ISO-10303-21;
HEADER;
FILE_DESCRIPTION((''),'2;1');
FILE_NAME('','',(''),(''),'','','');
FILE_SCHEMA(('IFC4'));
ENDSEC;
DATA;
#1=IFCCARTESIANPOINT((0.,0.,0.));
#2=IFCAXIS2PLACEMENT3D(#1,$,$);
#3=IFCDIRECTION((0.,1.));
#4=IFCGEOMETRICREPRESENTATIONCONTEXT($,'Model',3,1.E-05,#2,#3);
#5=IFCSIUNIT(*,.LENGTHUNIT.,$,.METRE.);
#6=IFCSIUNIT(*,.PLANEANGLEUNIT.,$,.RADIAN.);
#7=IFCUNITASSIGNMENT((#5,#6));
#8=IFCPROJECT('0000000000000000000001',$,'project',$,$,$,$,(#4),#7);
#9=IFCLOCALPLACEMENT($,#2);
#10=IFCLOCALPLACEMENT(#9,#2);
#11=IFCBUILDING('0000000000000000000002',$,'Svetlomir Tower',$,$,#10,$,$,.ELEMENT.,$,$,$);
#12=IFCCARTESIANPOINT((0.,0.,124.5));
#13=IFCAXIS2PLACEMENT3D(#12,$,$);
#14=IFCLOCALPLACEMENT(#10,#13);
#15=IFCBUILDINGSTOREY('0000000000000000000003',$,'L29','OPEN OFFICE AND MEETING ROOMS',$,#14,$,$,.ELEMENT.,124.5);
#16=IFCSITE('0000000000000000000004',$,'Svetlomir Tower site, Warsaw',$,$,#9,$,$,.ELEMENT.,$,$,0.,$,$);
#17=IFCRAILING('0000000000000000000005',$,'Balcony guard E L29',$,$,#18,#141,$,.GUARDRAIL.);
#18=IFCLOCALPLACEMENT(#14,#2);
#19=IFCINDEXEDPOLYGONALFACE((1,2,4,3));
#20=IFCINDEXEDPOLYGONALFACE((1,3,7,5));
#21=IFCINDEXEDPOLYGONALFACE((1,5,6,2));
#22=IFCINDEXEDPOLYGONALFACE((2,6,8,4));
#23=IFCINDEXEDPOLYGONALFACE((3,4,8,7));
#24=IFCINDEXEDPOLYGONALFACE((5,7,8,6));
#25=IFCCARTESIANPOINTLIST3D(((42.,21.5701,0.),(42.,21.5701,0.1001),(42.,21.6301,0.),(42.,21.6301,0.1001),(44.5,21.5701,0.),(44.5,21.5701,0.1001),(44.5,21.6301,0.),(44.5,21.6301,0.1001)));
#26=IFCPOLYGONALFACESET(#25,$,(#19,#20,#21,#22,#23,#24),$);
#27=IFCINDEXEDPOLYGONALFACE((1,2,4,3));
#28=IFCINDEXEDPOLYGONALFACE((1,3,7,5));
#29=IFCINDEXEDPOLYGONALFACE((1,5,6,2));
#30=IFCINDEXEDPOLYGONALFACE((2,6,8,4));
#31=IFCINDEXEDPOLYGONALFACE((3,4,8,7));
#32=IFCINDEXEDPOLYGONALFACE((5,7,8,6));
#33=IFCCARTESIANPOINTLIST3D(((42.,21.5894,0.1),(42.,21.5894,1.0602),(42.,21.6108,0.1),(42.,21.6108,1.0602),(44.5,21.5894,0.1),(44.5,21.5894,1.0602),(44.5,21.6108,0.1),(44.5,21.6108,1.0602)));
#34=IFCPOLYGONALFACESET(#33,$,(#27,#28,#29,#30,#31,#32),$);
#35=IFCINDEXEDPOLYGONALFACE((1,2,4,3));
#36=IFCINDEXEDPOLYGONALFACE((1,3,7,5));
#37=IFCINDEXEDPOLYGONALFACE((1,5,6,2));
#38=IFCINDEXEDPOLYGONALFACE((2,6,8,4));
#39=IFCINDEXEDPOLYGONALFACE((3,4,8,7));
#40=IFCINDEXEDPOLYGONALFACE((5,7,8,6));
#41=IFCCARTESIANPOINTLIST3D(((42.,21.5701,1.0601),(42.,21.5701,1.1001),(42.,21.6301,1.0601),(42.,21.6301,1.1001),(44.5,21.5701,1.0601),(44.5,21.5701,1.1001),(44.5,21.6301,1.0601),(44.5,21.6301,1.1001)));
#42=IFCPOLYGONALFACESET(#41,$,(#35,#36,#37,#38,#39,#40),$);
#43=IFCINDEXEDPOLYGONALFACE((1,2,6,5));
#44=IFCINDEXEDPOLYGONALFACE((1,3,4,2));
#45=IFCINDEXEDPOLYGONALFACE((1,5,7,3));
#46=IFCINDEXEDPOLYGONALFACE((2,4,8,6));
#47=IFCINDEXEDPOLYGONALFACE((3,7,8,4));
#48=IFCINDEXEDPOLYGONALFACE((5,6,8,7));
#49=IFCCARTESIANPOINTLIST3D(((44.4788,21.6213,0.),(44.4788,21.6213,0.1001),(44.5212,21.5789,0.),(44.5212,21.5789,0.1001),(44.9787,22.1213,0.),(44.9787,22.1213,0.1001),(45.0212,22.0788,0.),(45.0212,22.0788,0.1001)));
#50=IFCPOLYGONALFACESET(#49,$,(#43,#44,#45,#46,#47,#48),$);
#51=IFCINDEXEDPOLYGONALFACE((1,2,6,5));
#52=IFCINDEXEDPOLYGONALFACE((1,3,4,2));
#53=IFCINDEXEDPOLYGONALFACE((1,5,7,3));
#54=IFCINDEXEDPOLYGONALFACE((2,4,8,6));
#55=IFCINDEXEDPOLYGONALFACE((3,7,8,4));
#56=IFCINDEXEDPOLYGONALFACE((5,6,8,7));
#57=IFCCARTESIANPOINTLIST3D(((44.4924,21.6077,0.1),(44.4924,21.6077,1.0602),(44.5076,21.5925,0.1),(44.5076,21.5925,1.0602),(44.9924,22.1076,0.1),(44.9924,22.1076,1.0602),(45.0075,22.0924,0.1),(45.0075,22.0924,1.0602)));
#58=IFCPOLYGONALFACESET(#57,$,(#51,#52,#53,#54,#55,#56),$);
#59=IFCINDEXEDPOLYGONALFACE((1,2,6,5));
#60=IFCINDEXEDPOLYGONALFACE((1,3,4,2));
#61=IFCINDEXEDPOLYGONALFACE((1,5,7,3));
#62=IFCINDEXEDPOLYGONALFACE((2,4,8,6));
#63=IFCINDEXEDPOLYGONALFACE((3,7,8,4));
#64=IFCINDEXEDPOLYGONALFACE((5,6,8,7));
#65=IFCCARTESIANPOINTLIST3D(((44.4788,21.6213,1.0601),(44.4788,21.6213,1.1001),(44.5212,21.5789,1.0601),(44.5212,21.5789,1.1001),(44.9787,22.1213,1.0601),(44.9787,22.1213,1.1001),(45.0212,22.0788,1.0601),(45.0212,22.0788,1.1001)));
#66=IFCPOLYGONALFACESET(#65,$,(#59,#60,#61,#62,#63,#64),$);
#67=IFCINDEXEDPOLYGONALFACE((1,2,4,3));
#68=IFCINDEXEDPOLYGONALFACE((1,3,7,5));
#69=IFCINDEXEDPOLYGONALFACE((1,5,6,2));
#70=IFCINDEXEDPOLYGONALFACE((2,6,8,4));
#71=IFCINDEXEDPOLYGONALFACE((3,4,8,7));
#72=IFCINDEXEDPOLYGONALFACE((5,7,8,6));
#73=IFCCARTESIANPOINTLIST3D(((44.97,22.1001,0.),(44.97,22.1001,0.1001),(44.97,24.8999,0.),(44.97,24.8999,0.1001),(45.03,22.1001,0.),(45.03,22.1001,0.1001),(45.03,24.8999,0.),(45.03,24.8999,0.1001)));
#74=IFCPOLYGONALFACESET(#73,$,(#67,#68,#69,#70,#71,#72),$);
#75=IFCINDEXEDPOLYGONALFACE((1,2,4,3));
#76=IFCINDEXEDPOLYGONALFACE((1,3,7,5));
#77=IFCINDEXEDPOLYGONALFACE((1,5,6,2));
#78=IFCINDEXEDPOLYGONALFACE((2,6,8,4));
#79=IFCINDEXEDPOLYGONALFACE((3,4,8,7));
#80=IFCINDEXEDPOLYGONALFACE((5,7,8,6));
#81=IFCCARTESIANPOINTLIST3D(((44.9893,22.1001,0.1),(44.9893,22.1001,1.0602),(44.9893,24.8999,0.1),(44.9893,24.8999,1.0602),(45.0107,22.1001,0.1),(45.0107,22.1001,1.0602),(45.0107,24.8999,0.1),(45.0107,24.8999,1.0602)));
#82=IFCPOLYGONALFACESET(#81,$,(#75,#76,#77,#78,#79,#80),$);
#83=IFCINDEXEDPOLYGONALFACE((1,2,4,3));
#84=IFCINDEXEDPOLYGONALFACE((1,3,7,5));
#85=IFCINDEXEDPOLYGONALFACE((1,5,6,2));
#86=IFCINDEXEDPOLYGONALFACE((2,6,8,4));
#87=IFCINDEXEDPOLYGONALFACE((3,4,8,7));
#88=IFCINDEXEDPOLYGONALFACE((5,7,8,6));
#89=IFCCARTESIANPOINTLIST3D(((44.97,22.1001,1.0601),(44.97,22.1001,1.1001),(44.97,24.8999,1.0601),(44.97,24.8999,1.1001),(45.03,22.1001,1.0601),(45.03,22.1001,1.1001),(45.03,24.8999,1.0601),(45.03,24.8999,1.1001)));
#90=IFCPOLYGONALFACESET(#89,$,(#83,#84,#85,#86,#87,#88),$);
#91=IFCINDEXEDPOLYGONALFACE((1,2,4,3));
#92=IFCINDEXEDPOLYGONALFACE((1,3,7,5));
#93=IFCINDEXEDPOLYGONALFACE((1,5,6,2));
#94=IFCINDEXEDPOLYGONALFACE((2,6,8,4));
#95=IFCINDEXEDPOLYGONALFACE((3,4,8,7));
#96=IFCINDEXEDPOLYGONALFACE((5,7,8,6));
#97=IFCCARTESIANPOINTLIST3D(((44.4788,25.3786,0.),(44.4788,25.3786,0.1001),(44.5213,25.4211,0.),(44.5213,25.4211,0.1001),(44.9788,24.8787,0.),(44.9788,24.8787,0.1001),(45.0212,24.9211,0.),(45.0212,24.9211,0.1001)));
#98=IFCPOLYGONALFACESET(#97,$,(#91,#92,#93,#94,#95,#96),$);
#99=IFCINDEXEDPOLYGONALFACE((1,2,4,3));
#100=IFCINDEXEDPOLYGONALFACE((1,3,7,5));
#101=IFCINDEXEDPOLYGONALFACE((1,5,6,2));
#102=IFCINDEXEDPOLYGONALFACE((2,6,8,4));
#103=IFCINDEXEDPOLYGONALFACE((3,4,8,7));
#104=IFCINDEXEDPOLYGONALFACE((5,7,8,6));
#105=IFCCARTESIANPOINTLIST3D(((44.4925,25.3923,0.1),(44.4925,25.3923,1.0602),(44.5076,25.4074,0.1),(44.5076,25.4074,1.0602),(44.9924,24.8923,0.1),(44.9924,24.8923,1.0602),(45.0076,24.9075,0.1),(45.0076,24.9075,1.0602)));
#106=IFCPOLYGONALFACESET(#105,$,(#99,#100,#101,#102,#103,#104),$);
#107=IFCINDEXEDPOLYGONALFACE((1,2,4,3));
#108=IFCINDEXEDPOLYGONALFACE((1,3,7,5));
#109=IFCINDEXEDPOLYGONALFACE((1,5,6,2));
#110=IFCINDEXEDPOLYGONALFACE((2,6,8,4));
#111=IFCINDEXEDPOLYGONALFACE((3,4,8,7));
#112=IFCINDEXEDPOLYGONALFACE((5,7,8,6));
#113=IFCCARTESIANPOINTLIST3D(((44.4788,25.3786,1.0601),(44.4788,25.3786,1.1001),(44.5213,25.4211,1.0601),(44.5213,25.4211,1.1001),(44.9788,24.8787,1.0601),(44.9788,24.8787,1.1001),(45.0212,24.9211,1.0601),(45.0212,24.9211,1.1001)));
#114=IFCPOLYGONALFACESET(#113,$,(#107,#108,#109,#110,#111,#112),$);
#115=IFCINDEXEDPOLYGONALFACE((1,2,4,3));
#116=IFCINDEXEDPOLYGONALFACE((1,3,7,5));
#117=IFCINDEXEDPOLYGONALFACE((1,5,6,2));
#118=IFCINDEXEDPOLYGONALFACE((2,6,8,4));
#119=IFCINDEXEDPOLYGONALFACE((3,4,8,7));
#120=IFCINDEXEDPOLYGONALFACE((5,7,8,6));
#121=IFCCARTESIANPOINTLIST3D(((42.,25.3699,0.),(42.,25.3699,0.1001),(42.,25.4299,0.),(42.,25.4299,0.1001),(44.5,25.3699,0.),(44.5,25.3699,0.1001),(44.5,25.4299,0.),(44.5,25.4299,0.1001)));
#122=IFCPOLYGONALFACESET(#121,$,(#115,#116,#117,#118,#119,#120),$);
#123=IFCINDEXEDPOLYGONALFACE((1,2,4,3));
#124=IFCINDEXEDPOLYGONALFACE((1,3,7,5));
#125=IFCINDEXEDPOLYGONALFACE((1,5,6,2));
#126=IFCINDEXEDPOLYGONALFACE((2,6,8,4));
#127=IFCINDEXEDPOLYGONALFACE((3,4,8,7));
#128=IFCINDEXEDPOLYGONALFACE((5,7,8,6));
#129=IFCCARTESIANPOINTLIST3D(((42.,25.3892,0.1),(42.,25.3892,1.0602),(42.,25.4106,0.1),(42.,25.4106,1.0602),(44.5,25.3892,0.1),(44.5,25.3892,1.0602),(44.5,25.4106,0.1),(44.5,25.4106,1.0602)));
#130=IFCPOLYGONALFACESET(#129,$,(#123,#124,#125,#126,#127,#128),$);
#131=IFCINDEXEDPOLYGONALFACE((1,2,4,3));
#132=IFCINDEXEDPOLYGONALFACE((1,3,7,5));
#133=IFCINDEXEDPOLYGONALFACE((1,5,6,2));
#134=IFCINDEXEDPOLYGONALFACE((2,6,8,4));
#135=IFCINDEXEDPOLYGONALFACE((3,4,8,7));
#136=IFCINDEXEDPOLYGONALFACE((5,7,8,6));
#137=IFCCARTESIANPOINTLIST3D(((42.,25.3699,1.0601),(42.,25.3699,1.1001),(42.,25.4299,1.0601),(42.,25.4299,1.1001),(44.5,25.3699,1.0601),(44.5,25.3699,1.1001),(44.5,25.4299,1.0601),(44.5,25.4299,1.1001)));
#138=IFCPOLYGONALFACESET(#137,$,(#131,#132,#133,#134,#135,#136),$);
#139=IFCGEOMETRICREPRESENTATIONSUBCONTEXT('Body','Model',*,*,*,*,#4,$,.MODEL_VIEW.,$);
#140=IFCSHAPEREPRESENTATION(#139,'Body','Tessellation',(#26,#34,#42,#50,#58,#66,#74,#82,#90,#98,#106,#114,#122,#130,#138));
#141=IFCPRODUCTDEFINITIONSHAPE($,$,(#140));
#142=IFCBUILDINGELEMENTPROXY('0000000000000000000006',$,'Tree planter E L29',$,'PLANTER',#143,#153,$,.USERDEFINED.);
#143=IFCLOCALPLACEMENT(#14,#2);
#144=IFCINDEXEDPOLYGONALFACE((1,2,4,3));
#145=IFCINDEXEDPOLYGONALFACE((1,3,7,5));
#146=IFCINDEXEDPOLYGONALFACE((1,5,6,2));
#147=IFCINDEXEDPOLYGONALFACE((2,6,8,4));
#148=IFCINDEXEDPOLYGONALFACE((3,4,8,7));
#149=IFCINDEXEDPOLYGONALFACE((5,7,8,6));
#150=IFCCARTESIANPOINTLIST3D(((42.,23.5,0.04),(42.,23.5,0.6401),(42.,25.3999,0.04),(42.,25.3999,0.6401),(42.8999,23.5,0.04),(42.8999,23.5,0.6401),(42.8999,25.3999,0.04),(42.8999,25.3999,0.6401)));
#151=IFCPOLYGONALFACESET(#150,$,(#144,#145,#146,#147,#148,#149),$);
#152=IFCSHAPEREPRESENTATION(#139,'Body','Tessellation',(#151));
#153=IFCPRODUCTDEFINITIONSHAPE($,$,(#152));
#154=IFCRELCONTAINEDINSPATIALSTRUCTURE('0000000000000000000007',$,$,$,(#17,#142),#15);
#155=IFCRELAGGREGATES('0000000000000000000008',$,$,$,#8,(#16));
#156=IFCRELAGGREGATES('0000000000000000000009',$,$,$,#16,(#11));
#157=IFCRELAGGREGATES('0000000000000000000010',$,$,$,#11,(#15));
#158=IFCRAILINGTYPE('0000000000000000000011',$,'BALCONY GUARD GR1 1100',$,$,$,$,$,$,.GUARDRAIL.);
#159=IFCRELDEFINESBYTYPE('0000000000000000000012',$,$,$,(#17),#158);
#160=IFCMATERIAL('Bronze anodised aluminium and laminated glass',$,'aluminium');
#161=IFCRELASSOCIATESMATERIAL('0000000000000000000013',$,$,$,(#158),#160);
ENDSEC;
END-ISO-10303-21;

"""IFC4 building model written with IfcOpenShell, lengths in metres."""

from ifc_helpers import new_model, si_unit, direction, frame, origin, origin_2d, place, context, subcontext, project, spatial, rectangle, extrude, material, type_object, element, save


model = new_model("IFC4")

# Units and contexts
model_context = context("Model", 3, precision=1e-05, world=origin(), true_north=direction((0.0, 1.0)))
body_context = subcontext(model_context, "Body", "Model", "MODEL_VIEW")
ifc_project = project(units=[si_unit("LENGTHUNIT", "METRE"), si_unit("PLANEANGLEUNIT", "RADIAN")], contexts=[model_context])

# Site, building, storey
site_placement = place(None, origin())
site = spatial("IfcSite", under=ifc_project, at=site_placement, Name="Svetlomir Tower site, Warsaw", CompositionType="ELEMENT", RefElevation=0.0)
building_placement = place(site_placement, origin())
building = spatial("IfcBuilding", under=site, at=building_placement, Name="Svetlomir Tower", CompositionType="ELEMENT")
storey_placement = place(building_placement, frame((0.0, 0.0, 124.5)))
storey = spatial("IfcBuildingStorey", under=building, at=storey_placement, Name="L29", Description="OPEN OFFICE AND MEETING ROOMS", CompositionType="ELEMENT", Elevation=124.5)

# Railing
ifc_material_1 = material(Name="Bronze anodised aluminium and laminated glass", Category="aluminium")
railing_type = type_object("IfcRailingType", Name="BALCONY GUARD GR1 1100", PredefinedType="GUARDRAIL", material=ifc_material_1)
railing_placement = place(storey_placement, frame((42.0, 21.6001, 0.0)))
element("IfcRailing", 1, at=railing_placement, inside=storey, type_object=railing_type, Name="Balcony guard E L29", PredefinedType="GUARDRAIL", context=body_context, shape_type="SweptSolid", body=[
    extrude(rectangle(XDim=0.0601, YDim=0.1001, at=origin_2d()), frame((0.0, 0.0, 0.05), z_axis=(1.0, 0.0, 0.0), x_axis=(0.0, 1.0, 0.0)), (0.0, 0.0, 1.0), 2.5),
    extrude(rectangle(XDim=0.0215, YDim=0.9602, at=origin_2d()), frame((0.0, 0.0, 0.5801), z_axis=(1.0, 0.0, 0.0), x_axis=(0.0, 1.0, 0.0)), (0.0, 0.0, 1.0), 2.5),
    extrude(rectangle(XDim=0.0601, YDim=0.04, at=origin_2d()), frame((0.0, 0.0, 1.0801), z_axis=(1.0, 0.0, 0.0), x_axis=(0.0, 1.0, 0.0)), (0.0, 0.0, 1.0), 2.5),
    extrude(rectangle(XDim=0.0601, YDim=0.1001, at=origin_2d()), frame((2.5, 0.0, 0.05), z_axis=(0.707107, 0.707107, 0.0), x_axis=(-0.707107, 0.707107, 0.0)), (0.0, 0.0, 1.0), 0.707),
    extrude(rectangle(XDim=0.0215, YDim=0.9602, at=origin_2d()), frame((2.5, 0.0, 0.5801), z_axis=(0.707107, 0.707107, 0.0), x_axis=(-0.707107, 0.707107, 0.0)), (0.0, 0.0, 1.0), 0.707),
    extrude(rectangle(XDim=0.0601, YDim=0.04, at=origin_2d()), frame((2.5, 0.0, 1.0801), z_axis=(0.707107, 0.707107, 0.0), x_axis=(-0.707107, 0.707107, 0.0)), (0.0, 0.0, 1.0), 0.707),
    extrude(rectangle(XDim=0.0601, YDim=0.1001, at=origin_2d()), frame((3.0, 0.5, 0.05), z_axis=(0.0, 1.0, 0.0), x_axis=(-1.0, 0.0, 0.0)), (0.0, 0.0, 1.0), 2.7998),
    extrude(rectangle(XDim=0.0215, YDim=0.9602, at=origin_2d()), frame((3.0, 0.5, 0.5801), z_axis=(0.0, 1.0, 0.0), x_axis=(-1.0, 0.0, 0.0)), (0.0, 0.0, 1.0), 2.7998),
    extrude(rectangle(XDim=0.0601, YDim=0.04, at=origin_2d()), frame((3.0, 0.5, 1.0801), z_axis=(0.0, 1.0, 0.0), x_axis=(-1.0, 0.0, 0.0)), (0.0, 0.0, 1.0), 2.7998),
    extrude(rectangle(XDim=0.0601, YDim=0.1001, at=origin_2d()), frame((3.0, 3.2998, 0.05), z_axis=(-0.707107, 0.707107, 0.0), x_axis=(-0.707107, -0.707107, 0.0)), (0.0, 0.0, 1.0), 0.707),
    extrude(rectangle(XDim=0.0215, YDim=0.9602, at=origin_2d()), frame((3.0, 3.2998, 0.5801), z_axis=(-0.707107, 0.707107, 0.0), x_axis=(-0.707107, -0.707107, 0.0)), (0.0, 0.0, 1.0), 0.707),
    extrude(rectangle(XDim=0.0601, YDim=0.04, at=origin_2d()), frame((3.0, 3.2998, 1.0801), z_axis=(-0.707107, 0.707107, 0.0), x_axis=(-0.707107, -0.707107, 0.0)), (0.0, 0.0, 1.0), 0.707),
    extrude(rectangle(XDim=0.0601, YDim=0.1001, at=origin_2d()), frame((2.5, 3.7998, 0.05), z_axis=(-1.0, 0.0, 0.0), x_axis=(0.0, -1.0, 0.0)), (0.0, 0.0, 1.0), 2.5),
    extrude(rectangle(XDim=0.0215, YDim=0.9602, at=origin_2d()), frame((2.5, 3.7998, 0.5801), z_axis=(-1.0, 0.0, 0.0), x_axis=(0.0, -1.0, 0.0)), (0.0, 0.0, 1.0), 2.5),
    extrude(rectangle(XDim=0.0601, YDim=0.04, at=origin_2d()), frame((2.5, 3.7998, 1.0801), z_axis=(-1.0, 0.0, 0.0), x_axis=(0.0, -1.0, 0.0)), (0.0, 0.0, 1.0), 2.5),
])

# Building element proxy
proxy_placement = place(storey_placement, frame((42.45, 24.45, 0.04), z_axis=(0.0, 0.0, 1.0), x_axis=(1.0, 0.0, 0.0)))
element("IfcBuildingElementProxy", 2, at=proxy_placement, inside=storey, Name="Tree planter E L29", ObjectType="PLANTER", PredefinedType="USERDEFINED", context=body_context, shape_type="SweptSolid", body=[
    extrude(rectangle(XDim=0.8999, YDim=1.8999, at=origin_2d()), origin(), (0.0, 0.0, 1.0), 0.6001),
])

save(model, "model.ifc")
